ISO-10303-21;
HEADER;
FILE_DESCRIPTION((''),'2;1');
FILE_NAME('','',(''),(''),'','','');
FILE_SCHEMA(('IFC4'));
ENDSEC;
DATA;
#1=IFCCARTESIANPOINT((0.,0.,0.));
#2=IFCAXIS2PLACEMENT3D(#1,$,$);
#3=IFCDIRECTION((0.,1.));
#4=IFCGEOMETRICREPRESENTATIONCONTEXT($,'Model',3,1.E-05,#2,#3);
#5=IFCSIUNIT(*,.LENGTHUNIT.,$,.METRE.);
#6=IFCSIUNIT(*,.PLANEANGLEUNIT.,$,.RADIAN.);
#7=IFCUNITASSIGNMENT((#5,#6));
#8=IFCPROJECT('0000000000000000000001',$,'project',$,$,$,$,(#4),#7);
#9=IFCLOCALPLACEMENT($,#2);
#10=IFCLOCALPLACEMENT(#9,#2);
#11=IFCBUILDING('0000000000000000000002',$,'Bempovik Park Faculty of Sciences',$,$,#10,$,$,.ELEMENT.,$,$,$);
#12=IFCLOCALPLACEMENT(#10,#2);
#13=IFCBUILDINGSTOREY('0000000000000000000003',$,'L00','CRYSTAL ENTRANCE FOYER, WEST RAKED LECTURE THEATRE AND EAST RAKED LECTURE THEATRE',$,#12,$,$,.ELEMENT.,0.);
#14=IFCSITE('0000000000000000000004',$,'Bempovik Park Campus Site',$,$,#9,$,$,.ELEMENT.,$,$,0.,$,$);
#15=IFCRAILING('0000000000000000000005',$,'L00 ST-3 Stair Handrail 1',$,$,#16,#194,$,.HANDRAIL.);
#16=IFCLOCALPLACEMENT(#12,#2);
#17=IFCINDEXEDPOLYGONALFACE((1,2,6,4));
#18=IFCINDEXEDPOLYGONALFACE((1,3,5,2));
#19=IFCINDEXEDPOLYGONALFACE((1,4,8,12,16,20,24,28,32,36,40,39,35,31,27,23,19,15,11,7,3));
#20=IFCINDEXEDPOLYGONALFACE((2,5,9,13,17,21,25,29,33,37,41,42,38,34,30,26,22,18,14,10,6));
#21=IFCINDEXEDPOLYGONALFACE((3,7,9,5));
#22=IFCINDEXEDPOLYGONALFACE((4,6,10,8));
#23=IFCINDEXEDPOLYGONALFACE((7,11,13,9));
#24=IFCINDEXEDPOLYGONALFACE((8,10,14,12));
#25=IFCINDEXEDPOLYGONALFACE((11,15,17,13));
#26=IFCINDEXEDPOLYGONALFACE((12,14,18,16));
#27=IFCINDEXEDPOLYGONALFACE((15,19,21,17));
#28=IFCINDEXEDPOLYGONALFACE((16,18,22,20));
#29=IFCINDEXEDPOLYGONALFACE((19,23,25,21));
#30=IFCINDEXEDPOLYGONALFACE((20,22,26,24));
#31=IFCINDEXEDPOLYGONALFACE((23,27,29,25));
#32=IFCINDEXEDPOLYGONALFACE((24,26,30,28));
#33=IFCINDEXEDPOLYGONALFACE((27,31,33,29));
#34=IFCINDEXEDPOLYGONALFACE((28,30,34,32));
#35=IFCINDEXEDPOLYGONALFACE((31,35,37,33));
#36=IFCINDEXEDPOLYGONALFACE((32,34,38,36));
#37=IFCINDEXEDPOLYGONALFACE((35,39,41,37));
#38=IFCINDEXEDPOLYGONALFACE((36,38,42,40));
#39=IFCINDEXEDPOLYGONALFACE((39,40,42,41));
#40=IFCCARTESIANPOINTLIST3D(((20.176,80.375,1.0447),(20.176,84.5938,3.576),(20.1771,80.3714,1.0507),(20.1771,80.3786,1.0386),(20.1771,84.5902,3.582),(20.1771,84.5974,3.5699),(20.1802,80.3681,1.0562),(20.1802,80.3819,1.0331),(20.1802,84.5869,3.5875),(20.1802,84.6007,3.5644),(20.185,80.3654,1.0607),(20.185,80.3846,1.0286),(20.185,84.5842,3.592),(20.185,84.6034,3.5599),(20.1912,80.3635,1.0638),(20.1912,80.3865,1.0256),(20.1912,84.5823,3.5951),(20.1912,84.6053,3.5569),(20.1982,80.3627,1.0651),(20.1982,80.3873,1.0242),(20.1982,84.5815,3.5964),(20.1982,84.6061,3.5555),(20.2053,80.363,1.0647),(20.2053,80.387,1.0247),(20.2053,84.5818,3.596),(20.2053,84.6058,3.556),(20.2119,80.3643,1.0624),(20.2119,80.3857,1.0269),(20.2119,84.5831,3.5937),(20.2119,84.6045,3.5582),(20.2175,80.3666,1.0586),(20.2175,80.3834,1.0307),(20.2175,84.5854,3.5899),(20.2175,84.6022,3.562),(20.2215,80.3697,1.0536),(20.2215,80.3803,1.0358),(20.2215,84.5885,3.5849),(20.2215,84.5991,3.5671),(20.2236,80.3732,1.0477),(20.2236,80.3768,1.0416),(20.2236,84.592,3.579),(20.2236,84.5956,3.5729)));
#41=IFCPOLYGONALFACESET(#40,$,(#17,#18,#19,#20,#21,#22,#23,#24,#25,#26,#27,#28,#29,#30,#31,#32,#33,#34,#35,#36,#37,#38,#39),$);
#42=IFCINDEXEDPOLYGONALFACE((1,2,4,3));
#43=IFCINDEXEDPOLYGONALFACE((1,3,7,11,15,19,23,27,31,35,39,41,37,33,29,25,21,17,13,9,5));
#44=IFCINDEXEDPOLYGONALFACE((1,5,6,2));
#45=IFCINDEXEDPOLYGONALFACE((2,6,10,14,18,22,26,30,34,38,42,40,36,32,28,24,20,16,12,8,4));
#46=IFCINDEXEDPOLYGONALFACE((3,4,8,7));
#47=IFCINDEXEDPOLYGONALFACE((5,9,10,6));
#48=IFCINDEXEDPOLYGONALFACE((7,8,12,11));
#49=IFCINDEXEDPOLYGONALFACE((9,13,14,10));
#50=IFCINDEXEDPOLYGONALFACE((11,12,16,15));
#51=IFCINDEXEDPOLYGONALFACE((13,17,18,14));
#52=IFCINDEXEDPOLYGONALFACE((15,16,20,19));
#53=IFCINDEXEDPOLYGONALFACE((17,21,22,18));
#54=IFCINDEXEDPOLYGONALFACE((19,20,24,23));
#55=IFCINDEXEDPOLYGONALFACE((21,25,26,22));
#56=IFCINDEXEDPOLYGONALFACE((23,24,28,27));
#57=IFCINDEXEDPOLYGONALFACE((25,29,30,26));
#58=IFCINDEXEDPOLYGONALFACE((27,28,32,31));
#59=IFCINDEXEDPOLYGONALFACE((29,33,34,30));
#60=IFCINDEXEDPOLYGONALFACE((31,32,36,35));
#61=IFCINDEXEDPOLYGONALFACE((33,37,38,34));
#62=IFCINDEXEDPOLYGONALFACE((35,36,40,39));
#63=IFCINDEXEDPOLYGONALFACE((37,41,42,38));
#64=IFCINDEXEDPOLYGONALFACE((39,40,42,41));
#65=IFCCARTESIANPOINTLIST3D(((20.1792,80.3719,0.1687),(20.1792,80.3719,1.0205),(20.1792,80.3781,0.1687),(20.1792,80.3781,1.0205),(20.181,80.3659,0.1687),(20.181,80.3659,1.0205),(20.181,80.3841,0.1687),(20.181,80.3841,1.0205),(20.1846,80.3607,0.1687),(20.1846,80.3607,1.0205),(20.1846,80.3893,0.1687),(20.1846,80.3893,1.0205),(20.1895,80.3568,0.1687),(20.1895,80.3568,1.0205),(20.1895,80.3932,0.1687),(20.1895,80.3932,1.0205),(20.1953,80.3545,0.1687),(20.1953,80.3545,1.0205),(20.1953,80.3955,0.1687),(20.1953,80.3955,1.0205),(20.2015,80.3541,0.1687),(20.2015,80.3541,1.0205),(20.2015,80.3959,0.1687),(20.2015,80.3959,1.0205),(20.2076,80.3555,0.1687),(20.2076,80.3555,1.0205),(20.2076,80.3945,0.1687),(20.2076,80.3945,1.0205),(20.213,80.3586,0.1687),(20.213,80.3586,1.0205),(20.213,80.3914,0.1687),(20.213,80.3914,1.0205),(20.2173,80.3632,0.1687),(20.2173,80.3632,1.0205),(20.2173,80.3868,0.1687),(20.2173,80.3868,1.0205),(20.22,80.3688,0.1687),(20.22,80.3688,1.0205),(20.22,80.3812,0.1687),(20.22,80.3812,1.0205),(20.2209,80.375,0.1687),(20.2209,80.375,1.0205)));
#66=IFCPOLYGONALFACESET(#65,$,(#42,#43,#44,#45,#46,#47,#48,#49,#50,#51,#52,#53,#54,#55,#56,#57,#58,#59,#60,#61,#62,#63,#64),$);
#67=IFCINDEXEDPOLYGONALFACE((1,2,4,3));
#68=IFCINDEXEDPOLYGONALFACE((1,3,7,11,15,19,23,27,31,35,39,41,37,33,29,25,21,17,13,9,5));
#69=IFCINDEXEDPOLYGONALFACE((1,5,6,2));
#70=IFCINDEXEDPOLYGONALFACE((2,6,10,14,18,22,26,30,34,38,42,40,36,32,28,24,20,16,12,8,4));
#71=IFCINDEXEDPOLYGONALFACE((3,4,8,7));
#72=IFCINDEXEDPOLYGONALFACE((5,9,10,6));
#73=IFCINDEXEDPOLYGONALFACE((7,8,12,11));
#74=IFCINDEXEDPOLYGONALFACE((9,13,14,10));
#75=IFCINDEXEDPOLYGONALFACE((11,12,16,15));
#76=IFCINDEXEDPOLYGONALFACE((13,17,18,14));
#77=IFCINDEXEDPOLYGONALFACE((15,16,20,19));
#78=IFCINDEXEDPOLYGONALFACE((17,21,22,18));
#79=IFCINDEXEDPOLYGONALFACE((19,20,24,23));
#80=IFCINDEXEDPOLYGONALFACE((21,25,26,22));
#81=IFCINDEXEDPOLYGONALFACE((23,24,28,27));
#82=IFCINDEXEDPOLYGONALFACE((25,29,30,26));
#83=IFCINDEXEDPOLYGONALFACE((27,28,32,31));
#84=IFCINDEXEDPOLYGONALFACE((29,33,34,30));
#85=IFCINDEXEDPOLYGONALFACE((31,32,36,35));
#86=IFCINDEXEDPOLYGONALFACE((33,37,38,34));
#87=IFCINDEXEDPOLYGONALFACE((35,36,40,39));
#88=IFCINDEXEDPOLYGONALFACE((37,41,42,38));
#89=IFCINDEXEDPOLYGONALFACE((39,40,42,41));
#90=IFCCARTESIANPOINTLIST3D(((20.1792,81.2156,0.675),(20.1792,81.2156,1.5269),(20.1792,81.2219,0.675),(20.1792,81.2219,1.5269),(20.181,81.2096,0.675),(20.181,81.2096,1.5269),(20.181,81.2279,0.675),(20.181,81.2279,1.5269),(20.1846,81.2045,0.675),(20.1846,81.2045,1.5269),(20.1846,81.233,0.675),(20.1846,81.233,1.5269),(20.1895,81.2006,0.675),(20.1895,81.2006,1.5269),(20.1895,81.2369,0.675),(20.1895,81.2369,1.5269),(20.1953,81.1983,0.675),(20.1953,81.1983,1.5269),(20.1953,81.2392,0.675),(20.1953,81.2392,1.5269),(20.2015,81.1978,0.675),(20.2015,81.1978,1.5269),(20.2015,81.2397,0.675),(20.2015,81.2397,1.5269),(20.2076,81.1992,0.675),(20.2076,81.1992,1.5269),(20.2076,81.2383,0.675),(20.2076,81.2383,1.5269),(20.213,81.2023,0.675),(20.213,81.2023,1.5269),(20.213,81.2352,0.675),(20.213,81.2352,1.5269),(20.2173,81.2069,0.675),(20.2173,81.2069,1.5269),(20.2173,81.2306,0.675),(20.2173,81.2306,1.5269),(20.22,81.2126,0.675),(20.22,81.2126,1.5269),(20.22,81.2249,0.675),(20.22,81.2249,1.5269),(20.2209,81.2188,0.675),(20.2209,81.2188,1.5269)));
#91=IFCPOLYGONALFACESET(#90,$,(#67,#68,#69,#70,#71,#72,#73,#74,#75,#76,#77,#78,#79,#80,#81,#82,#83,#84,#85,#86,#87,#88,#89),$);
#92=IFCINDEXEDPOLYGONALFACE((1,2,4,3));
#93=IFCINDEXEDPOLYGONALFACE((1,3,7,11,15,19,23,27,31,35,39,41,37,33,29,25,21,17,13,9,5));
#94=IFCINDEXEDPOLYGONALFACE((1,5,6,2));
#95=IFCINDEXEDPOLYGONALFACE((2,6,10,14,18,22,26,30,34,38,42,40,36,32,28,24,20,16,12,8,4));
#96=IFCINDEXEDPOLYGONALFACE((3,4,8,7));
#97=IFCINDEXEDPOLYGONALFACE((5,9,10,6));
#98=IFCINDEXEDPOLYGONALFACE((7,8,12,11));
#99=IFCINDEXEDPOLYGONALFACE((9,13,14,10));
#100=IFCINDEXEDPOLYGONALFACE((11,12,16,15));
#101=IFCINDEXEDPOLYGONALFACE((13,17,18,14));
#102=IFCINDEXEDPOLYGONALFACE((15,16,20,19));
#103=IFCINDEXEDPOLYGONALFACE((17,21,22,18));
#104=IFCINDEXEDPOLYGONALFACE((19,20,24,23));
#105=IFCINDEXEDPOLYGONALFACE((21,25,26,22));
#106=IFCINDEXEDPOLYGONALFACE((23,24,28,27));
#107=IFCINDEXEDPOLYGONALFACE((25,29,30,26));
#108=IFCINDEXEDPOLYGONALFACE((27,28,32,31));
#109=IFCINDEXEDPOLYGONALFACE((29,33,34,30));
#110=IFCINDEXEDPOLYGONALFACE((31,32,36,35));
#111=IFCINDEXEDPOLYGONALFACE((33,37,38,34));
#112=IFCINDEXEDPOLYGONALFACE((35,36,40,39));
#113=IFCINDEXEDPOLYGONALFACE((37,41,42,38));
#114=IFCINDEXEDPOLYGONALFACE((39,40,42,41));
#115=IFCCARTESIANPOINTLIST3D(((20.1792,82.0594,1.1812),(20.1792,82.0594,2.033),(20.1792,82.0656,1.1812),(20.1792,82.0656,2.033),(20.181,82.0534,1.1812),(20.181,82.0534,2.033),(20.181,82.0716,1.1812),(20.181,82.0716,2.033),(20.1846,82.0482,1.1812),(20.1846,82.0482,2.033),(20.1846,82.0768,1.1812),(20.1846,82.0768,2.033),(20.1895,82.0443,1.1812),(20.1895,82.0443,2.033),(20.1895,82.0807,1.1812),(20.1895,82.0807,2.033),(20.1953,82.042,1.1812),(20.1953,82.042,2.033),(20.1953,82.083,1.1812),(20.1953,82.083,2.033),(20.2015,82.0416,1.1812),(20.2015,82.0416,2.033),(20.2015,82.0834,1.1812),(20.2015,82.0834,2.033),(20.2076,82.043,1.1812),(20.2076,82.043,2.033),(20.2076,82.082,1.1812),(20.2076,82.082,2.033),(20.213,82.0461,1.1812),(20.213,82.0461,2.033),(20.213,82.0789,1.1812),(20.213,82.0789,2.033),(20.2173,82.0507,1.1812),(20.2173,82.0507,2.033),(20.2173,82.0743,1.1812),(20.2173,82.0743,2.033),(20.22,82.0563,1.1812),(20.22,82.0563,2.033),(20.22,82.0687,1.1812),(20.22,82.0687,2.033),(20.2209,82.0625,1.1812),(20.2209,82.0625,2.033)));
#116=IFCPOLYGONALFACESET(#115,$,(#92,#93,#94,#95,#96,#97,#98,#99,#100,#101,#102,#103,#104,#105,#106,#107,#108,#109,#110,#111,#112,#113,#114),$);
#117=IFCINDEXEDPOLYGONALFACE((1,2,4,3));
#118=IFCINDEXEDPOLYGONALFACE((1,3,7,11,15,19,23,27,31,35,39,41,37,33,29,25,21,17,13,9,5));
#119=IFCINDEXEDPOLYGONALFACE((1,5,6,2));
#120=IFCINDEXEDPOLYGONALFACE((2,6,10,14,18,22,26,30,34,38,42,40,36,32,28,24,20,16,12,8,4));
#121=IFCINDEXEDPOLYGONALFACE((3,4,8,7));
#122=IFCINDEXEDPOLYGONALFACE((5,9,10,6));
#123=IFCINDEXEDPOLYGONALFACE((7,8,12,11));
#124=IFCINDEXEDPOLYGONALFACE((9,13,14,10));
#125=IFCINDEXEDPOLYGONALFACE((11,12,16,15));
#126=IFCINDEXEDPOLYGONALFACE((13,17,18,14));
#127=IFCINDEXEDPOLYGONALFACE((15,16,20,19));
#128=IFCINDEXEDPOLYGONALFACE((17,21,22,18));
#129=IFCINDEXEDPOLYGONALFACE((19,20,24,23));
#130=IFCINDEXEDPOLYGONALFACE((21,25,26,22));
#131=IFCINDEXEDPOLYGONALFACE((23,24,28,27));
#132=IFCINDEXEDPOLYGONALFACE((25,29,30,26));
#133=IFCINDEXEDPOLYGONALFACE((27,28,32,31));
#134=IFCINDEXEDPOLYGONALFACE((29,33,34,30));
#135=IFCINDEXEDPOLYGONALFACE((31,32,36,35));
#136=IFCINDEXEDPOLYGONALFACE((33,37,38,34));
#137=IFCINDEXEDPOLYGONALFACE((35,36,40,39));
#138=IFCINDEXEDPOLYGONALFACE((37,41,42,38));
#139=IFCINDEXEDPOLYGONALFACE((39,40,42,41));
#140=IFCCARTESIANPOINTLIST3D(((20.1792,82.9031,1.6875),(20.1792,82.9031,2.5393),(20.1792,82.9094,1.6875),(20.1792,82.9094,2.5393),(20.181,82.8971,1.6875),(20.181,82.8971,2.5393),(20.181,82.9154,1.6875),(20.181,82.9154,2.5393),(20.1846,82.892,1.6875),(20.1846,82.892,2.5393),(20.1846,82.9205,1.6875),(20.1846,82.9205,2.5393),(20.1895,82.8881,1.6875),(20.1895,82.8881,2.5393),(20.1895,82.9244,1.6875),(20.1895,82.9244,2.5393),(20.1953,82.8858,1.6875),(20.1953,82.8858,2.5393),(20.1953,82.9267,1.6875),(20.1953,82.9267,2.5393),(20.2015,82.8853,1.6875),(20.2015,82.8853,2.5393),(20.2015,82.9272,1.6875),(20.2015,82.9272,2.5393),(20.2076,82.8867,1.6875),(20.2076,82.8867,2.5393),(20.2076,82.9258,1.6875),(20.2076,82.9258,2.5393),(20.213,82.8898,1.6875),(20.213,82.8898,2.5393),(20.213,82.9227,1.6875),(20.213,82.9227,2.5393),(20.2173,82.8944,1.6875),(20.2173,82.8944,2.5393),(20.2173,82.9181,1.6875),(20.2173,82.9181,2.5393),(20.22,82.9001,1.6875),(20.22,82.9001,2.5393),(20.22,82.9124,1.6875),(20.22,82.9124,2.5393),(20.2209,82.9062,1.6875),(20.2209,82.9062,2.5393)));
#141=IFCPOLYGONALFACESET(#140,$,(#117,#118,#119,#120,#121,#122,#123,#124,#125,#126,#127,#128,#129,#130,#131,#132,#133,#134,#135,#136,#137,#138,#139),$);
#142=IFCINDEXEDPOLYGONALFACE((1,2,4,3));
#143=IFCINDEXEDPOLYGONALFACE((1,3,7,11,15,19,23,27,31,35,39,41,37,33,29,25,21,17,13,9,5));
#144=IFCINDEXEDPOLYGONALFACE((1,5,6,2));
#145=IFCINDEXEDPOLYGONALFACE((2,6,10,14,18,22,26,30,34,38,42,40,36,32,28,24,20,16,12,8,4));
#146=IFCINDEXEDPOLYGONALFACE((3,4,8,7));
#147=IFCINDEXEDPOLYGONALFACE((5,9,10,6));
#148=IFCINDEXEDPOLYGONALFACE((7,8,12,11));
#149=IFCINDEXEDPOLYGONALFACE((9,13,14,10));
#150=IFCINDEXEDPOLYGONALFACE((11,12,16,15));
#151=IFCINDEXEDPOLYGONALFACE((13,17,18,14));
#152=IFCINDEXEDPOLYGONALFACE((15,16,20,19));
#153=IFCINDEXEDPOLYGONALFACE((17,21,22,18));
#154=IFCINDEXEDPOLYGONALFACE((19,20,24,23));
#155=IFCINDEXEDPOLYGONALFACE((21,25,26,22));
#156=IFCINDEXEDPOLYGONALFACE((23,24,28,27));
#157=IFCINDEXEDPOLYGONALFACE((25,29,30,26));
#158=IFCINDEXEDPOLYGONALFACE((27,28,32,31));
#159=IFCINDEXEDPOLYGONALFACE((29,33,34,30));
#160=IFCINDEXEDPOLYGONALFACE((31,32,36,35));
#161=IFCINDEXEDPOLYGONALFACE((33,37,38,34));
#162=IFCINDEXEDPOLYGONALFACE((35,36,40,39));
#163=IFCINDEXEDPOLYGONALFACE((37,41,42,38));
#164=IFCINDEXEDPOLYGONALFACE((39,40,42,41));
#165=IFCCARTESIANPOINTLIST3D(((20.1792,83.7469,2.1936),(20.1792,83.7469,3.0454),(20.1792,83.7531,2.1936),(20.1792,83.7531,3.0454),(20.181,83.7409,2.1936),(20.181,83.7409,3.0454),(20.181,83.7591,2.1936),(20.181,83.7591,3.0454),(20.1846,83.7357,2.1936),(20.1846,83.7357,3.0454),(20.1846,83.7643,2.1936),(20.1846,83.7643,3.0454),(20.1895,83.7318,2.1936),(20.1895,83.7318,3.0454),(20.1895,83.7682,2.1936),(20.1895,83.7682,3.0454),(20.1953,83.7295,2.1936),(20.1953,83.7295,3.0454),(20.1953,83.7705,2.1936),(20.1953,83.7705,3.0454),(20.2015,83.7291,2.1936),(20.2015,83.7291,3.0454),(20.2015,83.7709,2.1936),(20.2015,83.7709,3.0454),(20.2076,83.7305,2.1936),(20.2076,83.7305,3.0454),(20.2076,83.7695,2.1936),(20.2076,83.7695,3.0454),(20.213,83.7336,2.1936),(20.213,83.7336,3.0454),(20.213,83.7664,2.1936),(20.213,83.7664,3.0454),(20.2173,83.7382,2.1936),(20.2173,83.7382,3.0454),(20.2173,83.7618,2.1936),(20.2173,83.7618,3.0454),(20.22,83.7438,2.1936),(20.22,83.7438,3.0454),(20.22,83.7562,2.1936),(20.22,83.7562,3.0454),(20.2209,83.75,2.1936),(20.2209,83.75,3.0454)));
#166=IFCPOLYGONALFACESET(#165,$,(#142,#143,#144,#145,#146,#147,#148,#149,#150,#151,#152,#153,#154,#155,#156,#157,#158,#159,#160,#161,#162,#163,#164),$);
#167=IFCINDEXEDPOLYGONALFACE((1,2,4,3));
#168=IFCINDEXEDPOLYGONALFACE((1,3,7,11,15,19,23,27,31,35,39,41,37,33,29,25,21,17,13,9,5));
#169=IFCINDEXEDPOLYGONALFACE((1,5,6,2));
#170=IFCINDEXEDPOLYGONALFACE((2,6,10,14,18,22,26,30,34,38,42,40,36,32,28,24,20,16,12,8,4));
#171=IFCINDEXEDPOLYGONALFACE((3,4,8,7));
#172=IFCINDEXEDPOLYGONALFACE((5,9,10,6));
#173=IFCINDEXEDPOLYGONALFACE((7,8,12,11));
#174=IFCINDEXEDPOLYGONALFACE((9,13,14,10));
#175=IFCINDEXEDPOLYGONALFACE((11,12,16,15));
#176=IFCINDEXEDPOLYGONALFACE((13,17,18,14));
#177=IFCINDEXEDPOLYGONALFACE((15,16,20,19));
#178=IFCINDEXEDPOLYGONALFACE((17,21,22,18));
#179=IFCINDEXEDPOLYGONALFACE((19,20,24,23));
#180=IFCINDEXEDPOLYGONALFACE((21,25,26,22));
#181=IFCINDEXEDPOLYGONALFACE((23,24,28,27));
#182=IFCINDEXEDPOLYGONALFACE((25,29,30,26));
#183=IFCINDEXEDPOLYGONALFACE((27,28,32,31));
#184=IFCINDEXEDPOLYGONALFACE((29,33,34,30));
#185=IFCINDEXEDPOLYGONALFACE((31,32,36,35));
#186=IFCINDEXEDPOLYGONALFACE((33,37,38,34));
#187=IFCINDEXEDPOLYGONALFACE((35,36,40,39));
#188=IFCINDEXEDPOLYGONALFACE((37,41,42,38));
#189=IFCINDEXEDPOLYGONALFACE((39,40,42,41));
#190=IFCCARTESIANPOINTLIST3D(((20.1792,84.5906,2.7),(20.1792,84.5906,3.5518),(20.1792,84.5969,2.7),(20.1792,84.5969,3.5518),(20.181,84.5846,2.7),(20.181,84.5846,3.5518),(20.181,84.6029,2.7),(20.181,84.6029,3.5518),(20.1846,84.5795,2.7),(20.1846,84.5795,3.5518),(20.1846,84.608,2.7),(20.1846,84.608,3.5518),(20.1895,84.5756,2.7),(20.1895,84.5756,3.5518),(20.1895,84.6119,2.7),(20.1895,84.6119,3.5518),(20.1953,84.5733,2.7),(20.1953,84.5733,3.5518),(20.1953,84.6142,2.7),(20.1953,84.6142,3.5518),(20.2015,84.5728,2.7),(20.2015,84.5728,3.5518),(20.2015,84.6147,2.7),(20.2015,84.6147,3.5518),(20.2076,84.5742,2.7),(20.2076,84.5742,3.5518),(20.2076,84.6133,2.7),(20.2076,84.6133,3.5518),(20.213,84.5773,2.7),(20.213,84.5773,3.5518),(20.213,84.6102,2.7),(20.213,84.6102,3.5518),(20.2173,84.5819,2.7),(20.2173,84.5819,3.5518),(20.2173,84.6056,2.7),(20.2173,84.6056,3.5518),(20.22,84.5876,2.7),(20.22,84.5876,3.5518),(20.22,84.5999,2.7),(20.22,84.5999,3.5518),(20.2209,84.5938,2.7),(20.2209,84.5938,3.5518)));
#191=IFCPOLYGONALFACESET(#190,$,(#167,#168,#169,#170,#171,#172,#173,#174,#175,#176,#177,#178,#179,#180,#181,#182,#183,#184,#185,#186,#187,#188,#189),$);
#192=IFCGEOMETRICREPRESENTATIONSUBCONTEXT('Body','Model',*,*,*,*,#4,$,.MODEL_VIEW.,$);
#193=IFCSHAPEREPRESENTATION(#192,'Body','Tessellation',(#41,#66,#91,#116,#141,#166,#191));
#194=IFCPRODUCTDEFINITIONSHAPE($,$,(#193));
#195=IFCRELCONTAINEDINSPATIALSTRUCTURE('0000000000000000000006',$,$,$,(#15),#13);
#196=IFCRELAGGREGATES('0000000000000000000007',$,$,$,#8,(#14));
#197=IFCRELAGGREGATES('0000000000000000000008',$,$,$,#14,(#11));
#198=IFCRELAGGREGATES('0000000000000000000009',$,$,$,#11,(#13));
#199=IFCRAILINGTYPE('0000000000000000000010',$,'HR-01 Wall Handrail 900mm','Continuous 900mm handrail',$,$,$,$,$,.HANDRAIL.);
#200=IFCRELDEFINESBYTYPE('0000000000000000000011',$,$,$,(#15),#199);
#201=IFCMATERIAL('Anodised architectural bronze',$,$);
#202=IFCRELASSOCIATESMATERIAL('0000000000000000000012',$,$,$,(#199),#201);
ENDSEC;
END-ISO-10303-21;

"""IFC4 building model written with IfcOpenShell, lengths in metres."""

from ifc_helpers import new_model, si_unit, direction, frame, origin, origin_2d, place, context, subcontext, project, spatial, circle, extrude, material, type_object, element, save


model = new_model("IFC4")

# Units and contexts
model_context = context("Model", 3, precision=1e-05, world=origin(), true_north=direction((0.0, 1.0)))
body_context = subcontext(model_context, "Body", "Model", "MODEL_VIEW")
ifc_project = project(units=[si_unit("LENGTHUNIT", "METRE"), si_unit("PLANEANGLEUNIT", "RADIAN")], contexts=[model_context])

# Site, building, storey
site_placement = place(None, origin())
site = spatial("IfcSite", under=ifc_project, at=site_placement, Name="Bempovik Park Campus Site", CompositionType="ELEMENT", RefElevation=0.0)
building_placement = place(site_placement, origin())
building = spatial("IfcBuilding", under=site, at=building_placement, Name="Bempovik Park Faculty of Sciences", CompositionType="ELEMENT")
storey_placement = place(building_placement, origin())
storey = spatial("IfcBuildingStorey", under=building, at=storey_placement, Name="L00", Description="CRYSTAL ENTRANCE FOYER, WEST RAKED LECTURE THEATRE AND EAST RAKED LECTURE THEATRE", CompositionType="ELEMENT", Elevation=0.0)

# Railing
ifc_material_1 = material(Name="Anodised architectural bronze")
railing_type_1 = type_object("IfcRailingType", Name="HR-01 Wall Handrail 900mm", Description="Continuous 900mm handrail", PredefinedType="HANDRAIL", material=ifc_material_1)
railing_1_placement = place(storey_placement, frame((20.2, 80.375, 0.1687)))
element("IfcRailing", 1, at=railing_1_placement, inside=storey, type_object=railing_type_1, Name="L00 ST-3 Stair Handrail 1", PredefinedType="HANDRAIL", context=body_context, shape_type="SweptSolid", body=[
    extrude(circle(Radius=0.0239, at=origin_2d()), frame((0.0, 0.0, 0.876), z_axis=(0.0, 0.857493, 0.514496), x_axis=(-1.0, 0.0, 0.0)), (0.0, 0.0, 1.0), 4.9199),
    extrude(circle(Radius=0.021, at=origin_2d()), origin(), (0.0, 0.0, 1.0), 0.8518),
    extrude(circle(Radius=0.021, at=origin_2d()), frame((0.0, 0.8438, 0.5063)), (0.0, 0.0, 1.0), 0.8518),
    extrude(circle(Radius=0.021, at=origin_2d()), frame((0.0, 1.6875, 1.0125)), (0.0, 0.0, 1.0), 0.8518),
    extrude(circle(Radius=0.021, at=origin_2d()), frame((0.0, 2.5312, 1.5188)), (0.0, 0.0, 1.0), 0.8518),
    extrude(circle(Radius=0.021, at=origin_2d()), frame((0.0, 3.375, 2.0249)), (0.0, 0.0, 1.0), 0.8518),
    extrude(circle(Radius=0.021, at=origin_2d()), frame((0.0, 4.2188, 2.5312)), (0.0, 0.0, 1.0), 0.8518),
])

save(model, "model.ifc")
